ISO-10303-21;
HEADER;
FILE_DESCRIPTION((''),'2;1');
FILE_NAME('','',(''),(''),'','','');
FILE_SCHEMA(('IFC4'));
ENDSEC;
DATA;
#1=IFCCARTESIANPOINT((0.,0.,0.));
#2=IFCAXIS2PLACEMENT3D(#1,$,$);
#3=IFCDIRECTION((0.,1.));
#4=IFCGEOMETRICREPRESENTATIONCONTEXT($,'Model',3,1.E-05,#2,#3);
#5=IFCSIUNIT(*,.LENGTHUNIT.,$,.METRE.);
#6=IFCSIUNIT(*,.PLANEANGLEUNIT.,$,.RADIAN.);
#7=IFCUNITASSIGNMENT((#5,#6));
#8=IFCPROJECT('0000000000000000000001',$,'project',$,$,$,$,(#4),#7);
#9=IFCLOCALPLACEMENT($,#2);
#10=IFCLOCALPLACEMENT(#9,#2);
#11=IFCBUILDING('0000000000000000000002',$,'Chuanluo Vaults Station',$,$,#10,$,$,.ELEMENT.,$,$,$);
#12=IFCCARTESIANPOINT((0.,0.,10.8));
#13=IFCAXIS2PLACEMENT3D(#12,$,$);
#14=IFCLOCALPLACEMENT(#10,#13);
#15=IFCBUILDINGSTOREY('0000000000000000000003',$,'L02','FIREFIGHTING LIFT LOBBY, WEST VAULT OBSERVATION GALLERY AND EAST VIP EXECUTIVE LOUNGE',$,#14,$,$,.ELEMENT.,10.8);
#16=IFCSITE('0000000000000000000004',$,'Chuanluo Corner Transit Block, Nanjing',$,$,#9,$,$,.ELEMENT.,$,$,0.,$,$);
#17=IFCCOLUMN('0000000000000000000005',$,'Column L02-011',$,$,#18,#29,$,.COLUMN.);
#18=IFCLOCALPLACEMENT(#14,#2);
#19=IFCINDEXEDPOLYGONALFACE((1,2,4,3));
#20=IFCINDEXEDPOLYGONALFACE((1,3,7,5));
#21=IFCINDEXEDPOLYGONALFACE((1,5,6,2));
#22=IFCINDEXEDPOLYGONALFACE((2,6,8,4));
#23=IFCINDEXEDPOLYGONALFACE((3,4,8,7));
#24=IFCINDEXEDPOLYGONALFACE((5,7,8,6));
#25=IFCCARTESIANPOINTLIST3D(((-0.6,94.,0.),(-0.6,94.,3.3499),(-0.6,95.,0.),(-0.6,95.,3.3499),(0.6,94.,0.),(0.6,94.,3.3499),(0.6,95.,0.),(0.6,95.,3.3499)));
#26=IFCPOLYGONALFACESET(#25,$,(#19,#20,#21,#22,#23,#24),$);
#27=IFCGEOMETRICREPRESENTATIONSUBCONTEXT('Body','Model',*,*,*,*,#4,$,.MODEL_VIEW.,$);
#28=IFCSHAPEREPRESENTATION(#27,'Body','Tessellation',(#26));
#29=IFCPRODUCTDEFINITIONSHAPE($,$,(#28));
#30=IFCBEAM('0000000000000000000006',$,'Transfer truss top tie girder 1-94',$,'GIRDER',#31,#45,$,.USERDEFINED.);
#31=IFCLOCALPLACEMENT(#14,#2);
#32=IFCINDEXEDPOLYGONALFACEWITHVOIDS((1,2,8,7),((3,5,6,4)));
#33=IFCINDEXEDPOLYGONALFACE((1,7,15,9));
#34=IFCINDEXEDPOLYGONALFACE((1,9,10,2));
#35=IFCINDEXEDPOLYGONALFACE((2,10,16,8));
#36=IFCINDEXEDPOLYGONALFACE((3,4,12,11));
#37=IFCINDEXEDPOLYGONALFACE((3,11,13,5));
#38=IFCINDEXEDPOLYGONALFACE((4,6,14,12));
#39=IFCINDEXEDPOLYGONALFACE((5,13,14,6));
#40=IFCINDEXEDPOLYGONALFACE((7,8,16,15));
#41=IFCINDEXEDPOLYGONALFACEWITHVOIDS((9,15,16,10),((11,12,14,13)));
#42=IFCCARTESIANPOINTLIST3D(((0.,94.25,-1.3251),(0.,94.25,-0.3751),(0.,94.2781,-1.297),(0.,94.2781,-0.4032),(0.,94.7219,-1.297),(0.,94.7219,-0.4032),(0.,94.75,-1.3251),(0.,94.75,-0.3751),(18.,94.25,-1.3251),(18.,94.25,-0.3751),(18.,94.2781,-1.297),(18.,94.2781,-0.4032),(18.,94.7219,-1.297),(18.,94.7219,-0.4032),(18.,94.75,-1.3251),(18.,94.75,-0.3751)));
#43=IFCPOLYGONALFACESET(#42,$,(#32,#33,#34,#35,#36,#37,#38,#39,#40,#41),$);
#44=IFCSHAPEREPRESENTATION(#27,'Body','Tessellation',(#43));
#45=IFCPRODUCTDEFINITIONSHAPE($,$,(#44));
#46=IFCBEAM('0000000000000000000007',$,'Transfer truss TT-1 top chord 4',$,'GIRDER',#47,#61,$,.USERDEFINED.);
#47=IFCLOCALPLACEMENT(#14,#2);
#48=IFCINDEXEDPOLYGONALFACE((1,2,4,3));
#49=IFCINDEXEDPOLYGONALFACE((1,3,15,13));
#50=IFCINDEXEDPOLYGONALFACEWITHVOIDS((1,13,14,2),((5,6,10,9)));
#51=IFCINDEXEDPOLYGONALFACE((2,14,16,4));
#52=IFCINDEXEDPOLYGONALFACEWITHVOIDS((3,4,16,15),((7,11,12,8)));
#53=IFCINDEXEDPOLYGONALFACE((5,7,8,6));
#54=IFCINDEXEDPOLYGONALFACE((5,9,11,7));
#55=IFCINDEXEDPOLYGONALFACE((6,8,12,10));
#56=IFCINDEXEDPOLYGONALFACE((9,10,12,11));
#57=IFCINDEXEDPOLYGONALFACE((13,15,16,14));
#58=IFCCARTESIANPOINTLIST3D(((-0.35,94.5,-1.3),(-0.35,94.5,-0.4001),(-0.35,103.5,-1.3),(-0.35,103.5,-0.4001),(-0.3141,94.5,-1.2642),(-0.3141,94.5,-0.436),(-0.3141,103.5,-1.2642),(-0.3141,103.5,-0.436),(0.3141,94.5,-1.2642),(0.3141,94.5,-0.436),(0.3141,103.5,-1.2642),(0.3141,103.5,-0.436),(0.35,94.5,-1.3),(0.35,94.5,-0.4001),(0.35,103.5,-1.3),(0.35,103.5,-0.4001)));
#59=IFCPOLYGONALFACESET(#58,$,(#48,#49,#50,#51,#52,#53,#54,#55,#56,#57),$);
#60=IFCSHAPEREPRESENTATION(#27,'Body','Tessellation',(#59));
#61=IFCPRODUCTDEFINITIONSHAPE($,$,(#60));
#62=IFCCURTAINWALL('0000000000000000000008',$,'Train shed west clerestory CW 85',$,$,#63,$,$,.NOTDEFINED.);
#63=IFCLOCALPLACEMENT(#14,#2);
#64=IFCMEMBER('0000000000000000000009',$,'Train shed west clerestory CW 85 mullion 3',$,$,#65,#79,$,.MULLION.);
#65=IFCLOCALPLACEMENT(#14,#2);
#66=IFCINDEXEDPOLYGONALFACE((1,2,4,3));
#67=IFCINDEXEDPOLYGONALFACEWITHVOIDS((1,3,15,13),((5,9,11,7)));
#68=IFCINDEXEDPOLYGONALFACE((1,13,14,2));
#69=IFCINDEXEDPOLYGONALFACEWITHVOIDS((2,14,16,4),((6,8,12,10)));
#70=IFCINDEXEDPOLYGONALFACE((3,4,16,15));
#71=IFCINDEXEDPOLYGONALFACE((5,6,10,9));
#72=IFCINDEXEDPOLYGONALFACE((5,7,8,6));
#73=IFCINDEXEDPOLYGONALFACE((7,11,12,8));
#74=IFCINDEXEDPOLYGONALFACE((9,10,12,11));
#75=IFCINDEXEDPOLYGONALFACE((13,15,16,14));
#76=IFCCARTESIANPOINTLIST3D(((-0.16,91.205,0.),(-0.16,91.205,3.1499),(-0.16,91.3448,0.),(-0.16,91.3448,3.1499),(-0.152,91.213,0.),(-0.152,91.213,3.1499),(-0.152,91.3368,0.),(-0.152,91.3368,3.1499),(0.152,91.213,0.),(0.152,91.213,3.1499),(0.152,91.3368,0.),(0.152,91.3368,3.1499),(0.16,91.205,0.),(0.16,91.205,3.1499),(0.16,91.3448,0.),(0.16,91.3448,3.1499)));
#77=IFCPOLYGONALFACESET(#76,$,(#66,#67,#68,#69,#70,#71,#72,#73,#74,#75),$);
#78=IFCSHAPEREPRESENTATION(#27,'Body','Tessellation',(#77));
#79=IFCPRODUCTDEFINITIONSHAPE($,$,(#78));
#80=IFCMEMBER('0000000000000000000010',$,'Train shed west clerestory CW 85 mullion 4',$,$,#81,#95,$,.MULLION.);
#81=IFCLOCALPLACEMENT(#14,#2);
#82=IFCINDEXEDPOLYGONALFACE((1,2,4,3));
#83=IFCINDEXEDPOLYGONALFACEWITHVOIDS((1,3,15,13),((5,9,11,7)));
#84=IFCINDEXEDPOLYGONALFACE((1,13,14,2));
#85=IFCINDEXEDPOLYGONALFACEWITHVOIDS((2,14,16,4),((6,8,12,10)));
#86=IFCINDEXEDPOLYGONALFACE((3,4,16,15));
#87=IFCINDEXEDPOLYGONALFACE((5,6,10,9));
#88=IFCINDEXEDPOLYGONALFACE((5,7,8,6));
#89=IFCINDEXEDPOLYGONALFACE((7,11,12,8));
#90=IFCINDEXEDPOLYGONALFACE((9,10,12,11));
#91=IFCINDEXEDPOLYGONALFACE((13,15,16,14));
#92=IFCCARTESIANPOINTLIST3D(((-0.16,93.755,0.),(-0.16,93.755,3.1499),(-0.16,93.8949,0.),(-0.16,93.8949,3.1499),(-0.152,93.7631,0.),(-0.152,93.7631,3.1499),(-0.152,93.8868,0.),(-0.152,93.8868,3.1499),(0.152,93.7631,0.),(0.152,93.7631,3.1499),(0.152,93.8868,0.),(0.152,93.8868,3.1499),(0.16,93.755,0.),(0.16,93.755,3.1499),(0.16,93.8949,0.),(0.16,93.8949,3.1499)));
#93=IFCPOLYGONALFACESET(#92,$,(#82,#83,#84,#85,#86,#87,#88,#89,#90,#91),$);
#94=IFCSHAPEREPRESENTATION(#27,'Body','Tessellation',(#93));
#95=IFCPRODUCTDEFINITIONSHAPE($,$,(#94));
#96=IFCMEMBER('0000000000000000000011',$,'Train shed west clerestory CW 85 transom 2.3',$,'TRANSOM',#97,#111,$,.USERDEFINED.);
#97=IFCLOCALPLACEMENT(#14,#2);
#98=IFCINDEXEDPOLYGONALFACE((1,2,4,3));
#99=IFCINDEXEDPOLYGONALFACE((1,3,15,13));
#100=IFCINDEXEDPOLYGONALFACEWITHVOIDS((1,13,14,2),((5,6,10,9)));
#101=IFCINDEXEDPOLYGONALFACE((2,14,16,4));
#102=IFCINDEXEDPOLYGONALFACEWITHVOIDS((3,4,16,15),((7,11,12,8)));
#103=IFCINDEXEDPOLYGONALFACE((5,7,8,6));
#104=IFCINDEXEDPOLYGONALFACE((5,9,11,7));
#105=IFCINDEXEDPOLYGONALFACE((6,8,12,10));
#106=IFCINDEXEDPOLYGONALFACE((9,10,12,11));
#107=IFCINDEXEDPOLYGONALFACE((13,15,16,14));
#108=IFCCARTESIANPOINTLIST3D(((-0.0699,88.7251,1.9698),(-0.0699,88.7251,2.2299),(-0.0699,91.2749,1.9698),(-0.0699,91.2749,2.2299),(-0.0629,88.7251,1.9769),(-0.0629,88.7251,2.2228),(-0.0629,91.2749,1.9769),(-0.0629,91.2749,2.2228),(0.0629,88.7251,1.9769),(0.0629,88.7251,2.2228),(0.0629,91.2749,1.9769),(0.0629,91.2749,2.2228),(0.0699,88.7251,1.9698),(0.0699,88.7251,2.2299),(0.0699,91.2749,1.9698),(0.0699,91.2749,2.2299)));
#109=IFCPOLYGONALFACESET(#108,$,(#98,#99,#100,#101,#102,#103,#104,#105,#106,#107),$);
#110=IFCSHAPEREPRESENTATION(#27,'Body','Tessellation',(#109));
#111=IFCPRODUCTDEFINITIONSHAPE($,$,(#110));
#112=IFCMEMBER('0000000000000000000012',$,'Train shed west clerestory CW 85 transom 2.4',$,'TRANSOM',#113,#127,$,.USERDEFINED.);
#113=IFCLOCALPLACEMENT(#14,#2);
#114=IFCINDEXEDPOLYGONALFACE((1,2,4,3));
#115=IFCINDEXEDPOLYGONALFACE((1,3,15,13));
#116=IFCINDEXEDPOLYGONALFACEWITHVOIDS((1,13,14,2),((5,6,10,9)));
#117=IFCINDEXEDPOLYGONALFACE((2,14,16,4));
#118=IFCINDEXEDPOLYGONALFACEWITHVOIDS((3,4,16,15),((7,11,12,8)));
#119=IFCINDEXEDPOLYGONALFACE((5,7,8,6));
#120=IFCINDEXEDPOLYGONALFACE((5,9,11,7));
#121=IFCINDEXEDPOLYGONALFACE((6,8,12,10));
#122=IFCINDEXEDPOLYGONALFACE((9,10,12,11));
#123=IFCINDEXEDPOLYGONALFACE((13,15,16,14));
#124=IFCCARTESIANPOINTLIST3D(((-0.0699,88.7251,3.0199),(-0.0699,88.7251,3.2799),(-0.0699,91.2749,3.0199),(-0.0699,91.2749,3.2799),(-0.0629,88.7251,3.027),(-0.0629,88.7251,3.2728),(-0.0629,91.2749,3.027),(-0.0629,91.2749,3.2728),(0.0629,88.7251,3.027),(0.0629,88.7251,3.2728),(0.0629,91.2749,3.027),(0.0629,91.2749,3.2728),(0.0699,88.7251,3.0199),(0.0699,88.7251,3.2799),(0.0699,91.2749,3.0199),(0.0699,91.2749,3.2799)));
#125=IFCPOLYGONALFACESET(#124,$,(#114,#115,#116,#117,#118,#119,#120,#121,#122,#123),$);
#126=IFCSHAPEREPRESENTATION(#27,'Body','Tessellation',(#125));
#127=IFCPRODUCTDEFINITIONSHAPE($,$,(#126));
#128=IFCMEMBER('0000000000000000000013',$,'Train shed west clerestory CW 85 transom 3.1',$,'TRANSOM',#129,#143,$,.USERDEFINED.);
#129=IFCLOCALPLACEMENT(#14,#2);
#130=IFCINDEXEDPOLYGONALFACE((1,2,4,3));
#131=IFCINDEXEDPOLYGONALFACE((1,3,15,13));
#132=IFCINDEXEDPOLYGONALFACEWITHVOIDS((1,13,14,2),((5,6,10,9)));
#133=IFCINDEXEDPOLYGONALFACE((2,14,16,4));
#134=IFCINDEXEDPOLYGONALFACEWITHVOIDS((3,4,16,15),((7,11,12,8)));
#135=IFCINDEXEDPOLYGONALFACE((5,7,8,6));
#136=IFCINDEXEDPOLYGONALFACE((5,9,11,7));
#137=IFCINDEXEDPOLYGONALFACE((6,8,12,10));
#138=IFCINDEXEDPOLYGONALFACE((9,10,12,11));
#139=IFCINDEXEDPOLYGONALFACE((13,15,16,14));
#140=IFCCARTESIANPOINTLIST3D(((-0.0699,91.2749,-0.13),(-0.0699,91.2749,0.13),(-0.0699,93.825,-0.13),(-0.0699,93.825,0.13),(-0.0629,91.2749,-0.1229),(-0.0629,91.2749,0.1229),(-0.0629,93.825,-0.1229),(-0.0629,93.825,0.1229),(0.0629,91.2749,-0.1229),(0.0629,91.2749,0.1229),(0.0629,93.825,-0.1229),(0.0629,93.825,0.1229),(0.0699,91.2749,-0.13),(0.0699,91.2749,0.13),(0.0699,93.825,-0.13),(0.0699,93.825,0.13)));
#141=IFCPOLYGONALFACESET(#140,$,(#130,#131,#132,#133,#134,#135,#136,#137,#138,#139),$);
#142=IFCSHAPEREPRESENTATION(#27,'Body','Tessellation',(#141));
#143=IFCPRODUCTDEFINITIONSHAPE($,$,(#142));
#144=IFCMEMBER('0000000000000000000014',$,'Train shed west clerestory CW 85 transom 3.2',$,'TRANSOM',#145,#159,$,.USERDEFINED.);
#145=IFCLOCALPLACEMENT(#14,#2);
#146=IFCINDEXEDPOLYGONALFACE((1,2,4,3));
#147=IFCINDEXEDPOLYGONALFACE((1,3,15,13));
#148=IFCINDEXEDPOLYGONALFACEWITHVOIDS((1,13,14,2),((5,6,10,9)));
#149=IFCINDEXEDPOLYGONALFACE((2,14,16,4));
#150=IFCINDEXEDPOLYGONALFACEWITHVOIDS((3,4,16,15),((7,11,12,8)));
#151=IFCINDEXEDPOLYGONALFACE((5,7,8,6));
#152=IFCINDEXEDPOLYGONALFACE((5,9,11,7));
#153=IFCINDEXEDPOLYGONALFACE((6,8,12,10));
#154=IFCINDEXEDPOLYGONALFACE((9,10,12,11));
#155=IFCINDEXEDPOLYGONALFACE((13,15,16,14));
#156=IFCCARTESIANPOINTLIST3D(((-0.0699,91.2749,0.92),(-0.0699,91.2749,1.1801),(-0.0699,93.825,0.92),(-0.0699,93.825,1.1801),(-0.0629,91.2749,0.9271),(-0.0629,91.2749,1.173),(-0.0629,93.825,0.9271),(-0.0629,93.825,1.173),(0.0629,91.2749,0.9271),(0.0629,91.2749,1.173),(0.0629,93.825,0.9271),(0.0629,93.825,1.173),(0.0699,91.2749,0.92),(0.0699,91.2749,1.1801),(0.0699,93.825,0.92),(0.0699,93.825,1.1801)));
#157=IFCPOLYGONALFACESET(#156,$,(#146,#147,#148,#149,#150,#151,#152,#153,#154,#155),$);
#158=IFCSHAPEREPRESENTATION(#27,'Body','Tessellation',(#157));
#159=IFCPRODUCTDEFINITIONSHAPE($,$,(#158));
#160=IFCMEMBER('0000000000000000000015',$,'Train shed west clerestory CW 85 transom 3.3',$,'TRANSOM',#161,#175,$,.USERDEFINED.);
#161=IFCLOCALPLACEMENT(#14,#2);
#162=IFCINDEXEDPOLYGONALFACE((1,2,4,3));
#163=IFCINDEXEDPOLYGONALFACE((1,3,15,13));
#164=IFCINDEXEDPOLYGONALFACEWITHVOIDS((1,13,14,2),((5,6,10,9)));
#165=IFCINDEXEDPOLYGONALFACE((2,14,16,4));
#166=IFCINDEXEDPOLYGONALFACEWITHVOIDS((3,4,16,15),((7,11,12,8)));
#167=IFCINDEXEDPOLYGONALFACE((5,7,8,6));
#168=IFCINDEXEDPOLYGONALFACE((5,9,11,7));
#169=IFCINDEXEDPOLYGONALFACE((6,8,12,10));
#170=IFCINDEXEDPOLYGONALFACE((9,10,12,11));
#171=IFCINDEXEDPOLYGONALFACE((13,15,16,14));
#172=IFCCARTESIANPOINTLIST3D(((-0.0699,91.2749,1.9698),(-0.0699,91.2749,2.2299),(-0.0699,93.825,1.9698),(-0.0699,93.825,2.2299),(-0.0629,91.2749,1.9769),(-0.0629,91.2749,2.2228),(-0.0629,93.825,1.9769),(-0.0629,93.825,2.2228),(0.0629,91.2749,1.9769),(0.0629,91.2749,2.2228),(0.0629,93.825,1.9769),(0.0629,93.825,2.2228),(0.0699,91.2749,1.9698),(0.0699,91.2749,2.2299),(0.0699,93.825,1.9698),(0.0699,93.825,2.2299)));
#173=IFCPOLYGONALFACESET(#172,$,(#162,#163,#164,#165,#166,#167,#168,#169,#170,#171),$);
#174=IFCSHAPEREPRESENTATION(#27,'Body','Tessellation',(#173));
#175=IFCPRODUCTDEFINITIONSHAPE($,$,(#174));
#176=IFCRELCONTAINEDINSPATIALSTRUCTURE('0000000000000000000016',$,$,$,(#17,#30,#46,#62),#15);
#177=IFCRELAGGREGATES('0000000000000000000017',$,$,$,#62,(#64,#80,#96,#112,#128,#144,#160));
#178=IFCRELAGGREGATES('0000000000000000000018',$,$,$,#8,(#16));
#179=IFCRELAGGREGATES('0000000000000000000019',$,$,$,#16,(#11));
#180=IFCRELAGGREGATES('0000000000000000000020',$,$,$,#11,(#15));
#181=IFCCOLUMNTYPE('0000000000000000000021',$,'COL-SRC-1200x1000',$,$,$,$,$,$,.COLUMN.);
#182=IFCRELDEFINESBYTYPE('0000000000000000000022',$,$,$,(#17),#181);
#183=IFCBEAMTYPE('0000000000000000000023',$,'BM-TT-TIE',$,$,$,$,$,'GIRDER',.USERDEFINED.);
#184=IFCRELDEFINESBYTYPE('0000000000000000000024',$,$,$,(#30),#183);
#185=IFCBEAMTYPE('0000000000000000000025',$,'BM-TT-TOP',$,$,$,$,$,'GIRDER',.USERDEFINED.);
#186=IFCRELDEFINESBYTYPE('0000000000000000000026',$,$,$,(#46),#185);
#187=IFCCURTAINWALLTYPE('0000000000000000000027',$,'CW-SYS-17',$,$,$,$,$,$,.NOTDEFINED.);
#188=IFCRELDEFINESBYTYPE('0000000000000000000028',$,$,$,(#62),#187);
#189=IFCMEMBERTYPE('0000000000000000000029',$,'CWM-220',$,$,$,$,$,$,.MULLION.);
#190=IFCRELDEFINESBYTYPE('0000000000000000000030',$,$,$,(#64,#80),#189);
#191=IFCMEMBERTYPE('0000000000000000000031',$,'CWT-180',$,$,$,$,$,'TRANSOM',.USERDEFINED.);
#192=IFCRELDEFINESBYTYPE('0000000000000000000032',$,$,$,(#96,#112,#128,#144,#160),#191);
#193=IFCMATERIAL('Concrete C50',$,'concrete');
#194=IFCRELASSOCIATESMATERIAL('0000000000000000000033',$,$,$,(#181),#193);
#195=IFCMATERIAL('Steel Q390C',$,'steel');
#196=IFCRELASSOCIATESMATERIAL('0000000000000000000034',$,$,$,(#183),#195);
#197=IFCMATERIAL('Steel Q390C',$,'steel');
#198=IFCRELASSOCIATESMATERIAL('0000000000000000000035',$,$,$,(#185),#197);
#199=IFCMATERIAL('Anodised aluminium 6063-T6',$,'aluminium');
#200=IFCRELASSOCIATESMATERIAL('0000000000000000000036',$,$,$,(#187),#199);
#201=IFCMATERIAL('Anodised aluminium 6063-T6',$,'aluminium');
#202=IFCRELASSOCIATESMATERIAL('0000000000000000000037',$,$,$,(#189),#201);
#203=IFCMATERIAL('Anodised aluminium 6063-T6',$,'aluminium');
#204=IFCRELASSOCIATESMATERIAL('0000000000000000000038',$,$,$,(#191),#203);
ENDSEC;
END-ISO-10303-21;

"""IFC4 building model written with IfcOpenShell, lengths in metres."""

from ifc_helpers import new_model, si_unit, direction, frame, origin, origin_2d, place, context, subcontext, project, spatial, rectangle, hollow_rectangle, extrude, material, material_profile, profile_set, type_object, element, aggregate, save


model = new_model("IFC4")

# Units and contexts
model_context = context("Model", 3, precision=1e-05, world=origin(), true_north=direction((0.0, 1.0)))
body_context = subcontext(model_context, "Body", "Model", "MODEL_VIEW")
ifc_project = project(units=[si_unit("LENGTHUNIT", "METRE"), si_unit("PLANEANGLEUNIT", "RADIAN")], contexts=[model_context])

# Site, building, storey
site_placement = place(None, origin())
site = spatial("IfcSite", under=ifc_project, at=site_placement, Name="Chuanluo Corner Transit Block, Nanjing", CompositionType="ELEMENT", RefElevation=0.0)
building_placement = place(site_placement, origin())
building = spatial("IfcBuilding", under=site, at=building_placement, Name="Chuanluo Vaults Station", CompositionType="ELEMENT")
storey_placement = place(building_placement, frame((0.0, 0.0, 10.8)))
storey = spatial("IfcBuildingStorey", under=building, at=storey_placement, Name="L02", Description="FIREFIGHTING LIFT LOBBY, WEST VAULT OBSERVATION GALLERY AND EAST VIP EXECUTIVE LOUNGE", CompositionType="ELEMENT", Elevation=10.8)

# Column
ifc_material_1 = material(Name="Concrete C50", Category="concrete")
ifc_material_profile_1 = material_profile(ifc_material_1, rectangle(XDim=1.2, YDim=1.0, at=origin_2d()))
ifc_profile_set_1 = profile_set([ifc_material_profile_1], Name="Concrete C50")
column_type = type_object("IfcColumnType", Name="COL-SRC-1200x1000", PredefinedType="COLUMN", material=ifc_profile_set_1)
column_placement = place(storey_placement, frame((0.0, 94.5, 0.0), z_axis=(0.0, 0.0, 1.0), x_axis=(1.0, 0.0, 0.0)))
element("IfcColumn", 1, at=column_placement, inside=storey, type_object=column_type, Name="Column L02-011", PredefinedType="COLUMN", context=body_context, shape_type="SweptSolid", body=[
    extrude(rectangle(XDim=1.2, YDim=1.0, at=origin_2d()), origin(), (0.0, 0.0, 1.0), 3.3499),
])

# Beams
ifc_material_2 = material(Name="Steel Q390C", Category="steel")
ifc_material_profile_2 = material_profile(ifc_material_2, hollow_rectangle(XDim=0.5, YDim=0.95, WallThickness=0.0281, at=origin_2d()))
ifc_profile_set_2 = profile_set([ifc_material_profile_2], Name="Steel Q390C")
beam_type_1 = type_object("IfcBeamType", Name="BM-TT-TIE", ElementType="GIRDER", PredefinedType="USERDEFINED", material=ifc_profile_set_2)
beam_1_placement = place(storey_placement, frame((0.0, 94.5, -0.8501), z_axis=(1.0, 0.0, 0.0), x_axis=(0.0, 1.0, 0.0)))
element("IfcBeam", 2, at=beam_1_placement, inside=storey, type_object=beam_type_1, Name="Transfer truss top tie girder 1-94", ObjectType="GIRDER", PredefinedType="USERDEFINED", context=body_context, shape_type="SweptSolid", body=[
    extrude(hollow_rectangle(XDim=0.5, YDim=0.95, WallThickness=0.0281, at=origin_2d()), origin(), (0.0, 0.0, 1.0), 18.0),
])
ifc_material_3 = material(Name="Steel Q390C", Category="steel")
ifc_material_profile_3 = material_profile(ifc_material_3, hollow_rectangle(XDim=0.7, YDim=0.8999, WallThickness=0.0359, at=origin_2d()))
ifc_profile_set_3 = profile_set([ifc_material_profile_3], Name="Steel Q390C")
beam_type_2 = type_object("IfcBeamType", Name="BM-TT-TOP", ElementType="GIRDER", PredefinedType="USERDEFINED", material=ifc_profile_set_3)
beam_2_placement = place(storey_placement, frame((0.0, 94.5, -0.8501), z_axis=(0.0, 1.0, 0.0), x_axis=(-1.0, 0.0, 0.0)))
element("IfcBeam", 3, at=beam_2_placement, inside=storey, type_object=beam_type_2, Name="Transfer truss TT-1 top chord 4", ObjectType="GIRDER", PredefinedType="USERDEFINED", context=body_context, shape_type="SweptSolid", body=[
    extrude(hollow_rectangle(XDim=0.7, YDim=0.8999, WallThickness=0.0359, at=origin_2d()), origin(), (0.0, 0.0, 1.0), 9.0),
])

# Curtain wall, members
ifc_material_4 = material(Name="Anodised aluminium 6063-T6", Category="aluminium")
curtain_wall_type = type_object("IfcCurtainWallType", Name="CW-SYS-17", PredefinedType="NOTDEFINED", material=ifc_material_4)
curtain_wall_placement = place(storey_placement, origin())
curtain_wall = element("IfcCurtainWall", 4, at=curtain_wall_placement, inside=storey, type_object=curtain_wall_type, Name="Train shed west clerestory CW 85", PredefinedType="NOTDEFINED")
ifc_material_5 = material(Name="Anodised aluminium 6063-T6", Category="aluminium")
ifc_material_profile_4 = material_profile(ifc_material_5, hollow_rectangle(XDim=0.1399, YDim=0.3201, WallThickness=0.0081, at=origin_2d()))
ifc_profile_set_4 = profile_set([ifc_material_profile_4], Name="Anodised aluminium 6063-T6")
member_type_1 = type_object("IfcMemberType", Name="CWM-220", PredefinedType="MULLION", material=ifc_profile_set_4)
member_1_placement = place(storey_placement, frame((0.0, 91.2749, 0.0), z_axis=(0.0, 0.0, 1.0), x_axis=(0.0, 1.0, 0.0)))
member_1 = element("IfcMember", 5, at=member_1_placement, type_object=member_type_1, Name="Train shed west clerestory CW 85 mullion 3", PredefinedType="MULLION", context=body_context, shape_type="SweptSolid", body=[
    extrude(hollow_rectangle(XDim=0.1399, YDim=0.3201, WallThickness=0.0081, at=origin_2d()), origin(), (0.0, 0.0, 1.0), 3.1499),
])
member_2_placement = place(storey_placement, frame((0.0, 93.825, 0.0), z_axis=(0.0, 0.0, 1.0), x_axis=(0.0, 1.0, 0.0)))
member_2 = element("IfcMember", 6, at=member_2_placement, type_object=member_type_1, Name="Train shed west clerestory CW 85 mullion 4", PredefinedType="MULLION", context=body_context, shape_type="SweptSolid", body=[
    extrude(hollow_rectangle(XDim=0.1399, YDim=0.3201, WallThickness=0.0081, at=origin_2d()), origin(), (0.0, 0.0, 1.0), 3.1499),
])
ifc_material_6 = material(Name="Anodised aluminium 6063-T6", Category="aluminium")
ifc_material_profile_5 = material_profile(ifc_material_6, hollow_rectangle(XDim=0.1399, YDim=0.26, WallThickness=0.0071, at=origin_2d()))
ifc_profile_set_5 = profile_set([ifc_material_profile_5], Name="Anodised aluminium 6063-T6")
member_type_2 = type_object("IfcMemberType", Name="CWT-180", ElementType="TRANSOM", PredefinedType="USERDEFINED", material=ifc_profile_set_5)
member_3_placement = place(storey_placement, frame((0.0, 88.7251, 2.0999), z_axis=(0.0, 1.0, 0.0), x_axis=(-1.0, 0.0, 0.0)))
member_3 = element("IfcMember", 7, at=member_3_placement, type_object=member_type_2, Name="Train shed west clerestory CW 85 transom 2.3", ObjectType="TRANSOM", PredefinedType="USERDEFINED", context=body_context, shape_type="SweptSolid", body=[
    extrude(hollow_rectangle(XDim=0.1399, YDim=0.26, WallThickness=0.0071, at=origin_2d()), origin(), (0.0, 0.0, 1.0), 2.5498),
])
member_4_placement = place(storey_placement, frame((0.0, 88.7251, 3.1499), z_axis=(0.0, 1.0, 0.0), x_axis=(-1.0, 0.0, 0.0)))
member_4 = element("IfcMember", 8, at=member_4_placement, type_object=member_type_2, Name="Train shed west clerestory CW 85 transom 2.4", ObjectType="TRANSOM", PredefinedType="USERDEFINED", context=body_context, shape_type="SweptSolid", body=[
    extrude(hollow_rectangle(XDim=0.1399, YDim=0.26, WallThickness=0.0071, at=origin_2d()), origin(), (0.0, 0.0, 1.0), 2.5498),
])
member_5_placement = place(storey_placement, frame((0.0, 91.2749, 0.0), z_axis=(0.0, 1.0, 0.0), x_axis=(-1.0, 0.0, 0.0)))
member_5 = element("IfcMember", 9, at=member_5_placement, type_object=member_type_2, Name="Train shed west clerestory CW 85 transom 3.1", ObjectType="TRANSOM", PredefinedType="USERDEFINED", context=body_context, shape_type="SweptSolid", body=[
    extrude(hollow_rectangle(XDim=0.1399, YDim=0.26, WallThickness=0.0071, at=origin_2d()), origin(), (0.0, 0.0, 1.0), 2.55),
])
member_6_placement = place(storey_placement, frame((0.0, 91.2749, 1.05), z_axis=(0.0, 1.0, 0.0), x_axis=(-1.0, 0.0, 0.0)))
member_6 = element("IfcMember", 10, at=member_6_placement, type_object=member_type_2, Name="Train shed west clerestory CW 85 transom 3.2", ObjectType="TRANSOM", PredefinedType="USERDEFINED", context=body_context, shape_type="SweptSolid", body=[
    extrude(hollow_rectangle(XDim=0.1399, YDim=0.26, WallThickness=0.0071, at=origin_2d()), origin(), (0.0, 0.0, 1.0), 2.55),
])
member_7_placement = place(storey_placement, frame((0.0, 91.2749, 2.0999), z_axis=(0.0, 1.0, 0.0), x_axis=(-1.0, 0.0, 0.0)))
member_7 = element("IfcMember", 11, at=member_7_placement, type_object=member_type_2, Name="Train shed west clerestory CW 85 transom 3.3", ObjectType="TRANSOM", PredefinedType="USERDEFINED", context=body_context, shape_type="SweptSolid", body=[
    extrude(hollow_rectangle(XDim=0.1399, YDim=0.26, WallThickness=0.0071, at=origin_2d()), origin(), (0.0, 0.0, 1.0), 2.55),
])

aggregate(curtain_wall, [member_1, member_2, member_3, member_4, member_5, member_6, member_7])

save(model, "model.ifc")
